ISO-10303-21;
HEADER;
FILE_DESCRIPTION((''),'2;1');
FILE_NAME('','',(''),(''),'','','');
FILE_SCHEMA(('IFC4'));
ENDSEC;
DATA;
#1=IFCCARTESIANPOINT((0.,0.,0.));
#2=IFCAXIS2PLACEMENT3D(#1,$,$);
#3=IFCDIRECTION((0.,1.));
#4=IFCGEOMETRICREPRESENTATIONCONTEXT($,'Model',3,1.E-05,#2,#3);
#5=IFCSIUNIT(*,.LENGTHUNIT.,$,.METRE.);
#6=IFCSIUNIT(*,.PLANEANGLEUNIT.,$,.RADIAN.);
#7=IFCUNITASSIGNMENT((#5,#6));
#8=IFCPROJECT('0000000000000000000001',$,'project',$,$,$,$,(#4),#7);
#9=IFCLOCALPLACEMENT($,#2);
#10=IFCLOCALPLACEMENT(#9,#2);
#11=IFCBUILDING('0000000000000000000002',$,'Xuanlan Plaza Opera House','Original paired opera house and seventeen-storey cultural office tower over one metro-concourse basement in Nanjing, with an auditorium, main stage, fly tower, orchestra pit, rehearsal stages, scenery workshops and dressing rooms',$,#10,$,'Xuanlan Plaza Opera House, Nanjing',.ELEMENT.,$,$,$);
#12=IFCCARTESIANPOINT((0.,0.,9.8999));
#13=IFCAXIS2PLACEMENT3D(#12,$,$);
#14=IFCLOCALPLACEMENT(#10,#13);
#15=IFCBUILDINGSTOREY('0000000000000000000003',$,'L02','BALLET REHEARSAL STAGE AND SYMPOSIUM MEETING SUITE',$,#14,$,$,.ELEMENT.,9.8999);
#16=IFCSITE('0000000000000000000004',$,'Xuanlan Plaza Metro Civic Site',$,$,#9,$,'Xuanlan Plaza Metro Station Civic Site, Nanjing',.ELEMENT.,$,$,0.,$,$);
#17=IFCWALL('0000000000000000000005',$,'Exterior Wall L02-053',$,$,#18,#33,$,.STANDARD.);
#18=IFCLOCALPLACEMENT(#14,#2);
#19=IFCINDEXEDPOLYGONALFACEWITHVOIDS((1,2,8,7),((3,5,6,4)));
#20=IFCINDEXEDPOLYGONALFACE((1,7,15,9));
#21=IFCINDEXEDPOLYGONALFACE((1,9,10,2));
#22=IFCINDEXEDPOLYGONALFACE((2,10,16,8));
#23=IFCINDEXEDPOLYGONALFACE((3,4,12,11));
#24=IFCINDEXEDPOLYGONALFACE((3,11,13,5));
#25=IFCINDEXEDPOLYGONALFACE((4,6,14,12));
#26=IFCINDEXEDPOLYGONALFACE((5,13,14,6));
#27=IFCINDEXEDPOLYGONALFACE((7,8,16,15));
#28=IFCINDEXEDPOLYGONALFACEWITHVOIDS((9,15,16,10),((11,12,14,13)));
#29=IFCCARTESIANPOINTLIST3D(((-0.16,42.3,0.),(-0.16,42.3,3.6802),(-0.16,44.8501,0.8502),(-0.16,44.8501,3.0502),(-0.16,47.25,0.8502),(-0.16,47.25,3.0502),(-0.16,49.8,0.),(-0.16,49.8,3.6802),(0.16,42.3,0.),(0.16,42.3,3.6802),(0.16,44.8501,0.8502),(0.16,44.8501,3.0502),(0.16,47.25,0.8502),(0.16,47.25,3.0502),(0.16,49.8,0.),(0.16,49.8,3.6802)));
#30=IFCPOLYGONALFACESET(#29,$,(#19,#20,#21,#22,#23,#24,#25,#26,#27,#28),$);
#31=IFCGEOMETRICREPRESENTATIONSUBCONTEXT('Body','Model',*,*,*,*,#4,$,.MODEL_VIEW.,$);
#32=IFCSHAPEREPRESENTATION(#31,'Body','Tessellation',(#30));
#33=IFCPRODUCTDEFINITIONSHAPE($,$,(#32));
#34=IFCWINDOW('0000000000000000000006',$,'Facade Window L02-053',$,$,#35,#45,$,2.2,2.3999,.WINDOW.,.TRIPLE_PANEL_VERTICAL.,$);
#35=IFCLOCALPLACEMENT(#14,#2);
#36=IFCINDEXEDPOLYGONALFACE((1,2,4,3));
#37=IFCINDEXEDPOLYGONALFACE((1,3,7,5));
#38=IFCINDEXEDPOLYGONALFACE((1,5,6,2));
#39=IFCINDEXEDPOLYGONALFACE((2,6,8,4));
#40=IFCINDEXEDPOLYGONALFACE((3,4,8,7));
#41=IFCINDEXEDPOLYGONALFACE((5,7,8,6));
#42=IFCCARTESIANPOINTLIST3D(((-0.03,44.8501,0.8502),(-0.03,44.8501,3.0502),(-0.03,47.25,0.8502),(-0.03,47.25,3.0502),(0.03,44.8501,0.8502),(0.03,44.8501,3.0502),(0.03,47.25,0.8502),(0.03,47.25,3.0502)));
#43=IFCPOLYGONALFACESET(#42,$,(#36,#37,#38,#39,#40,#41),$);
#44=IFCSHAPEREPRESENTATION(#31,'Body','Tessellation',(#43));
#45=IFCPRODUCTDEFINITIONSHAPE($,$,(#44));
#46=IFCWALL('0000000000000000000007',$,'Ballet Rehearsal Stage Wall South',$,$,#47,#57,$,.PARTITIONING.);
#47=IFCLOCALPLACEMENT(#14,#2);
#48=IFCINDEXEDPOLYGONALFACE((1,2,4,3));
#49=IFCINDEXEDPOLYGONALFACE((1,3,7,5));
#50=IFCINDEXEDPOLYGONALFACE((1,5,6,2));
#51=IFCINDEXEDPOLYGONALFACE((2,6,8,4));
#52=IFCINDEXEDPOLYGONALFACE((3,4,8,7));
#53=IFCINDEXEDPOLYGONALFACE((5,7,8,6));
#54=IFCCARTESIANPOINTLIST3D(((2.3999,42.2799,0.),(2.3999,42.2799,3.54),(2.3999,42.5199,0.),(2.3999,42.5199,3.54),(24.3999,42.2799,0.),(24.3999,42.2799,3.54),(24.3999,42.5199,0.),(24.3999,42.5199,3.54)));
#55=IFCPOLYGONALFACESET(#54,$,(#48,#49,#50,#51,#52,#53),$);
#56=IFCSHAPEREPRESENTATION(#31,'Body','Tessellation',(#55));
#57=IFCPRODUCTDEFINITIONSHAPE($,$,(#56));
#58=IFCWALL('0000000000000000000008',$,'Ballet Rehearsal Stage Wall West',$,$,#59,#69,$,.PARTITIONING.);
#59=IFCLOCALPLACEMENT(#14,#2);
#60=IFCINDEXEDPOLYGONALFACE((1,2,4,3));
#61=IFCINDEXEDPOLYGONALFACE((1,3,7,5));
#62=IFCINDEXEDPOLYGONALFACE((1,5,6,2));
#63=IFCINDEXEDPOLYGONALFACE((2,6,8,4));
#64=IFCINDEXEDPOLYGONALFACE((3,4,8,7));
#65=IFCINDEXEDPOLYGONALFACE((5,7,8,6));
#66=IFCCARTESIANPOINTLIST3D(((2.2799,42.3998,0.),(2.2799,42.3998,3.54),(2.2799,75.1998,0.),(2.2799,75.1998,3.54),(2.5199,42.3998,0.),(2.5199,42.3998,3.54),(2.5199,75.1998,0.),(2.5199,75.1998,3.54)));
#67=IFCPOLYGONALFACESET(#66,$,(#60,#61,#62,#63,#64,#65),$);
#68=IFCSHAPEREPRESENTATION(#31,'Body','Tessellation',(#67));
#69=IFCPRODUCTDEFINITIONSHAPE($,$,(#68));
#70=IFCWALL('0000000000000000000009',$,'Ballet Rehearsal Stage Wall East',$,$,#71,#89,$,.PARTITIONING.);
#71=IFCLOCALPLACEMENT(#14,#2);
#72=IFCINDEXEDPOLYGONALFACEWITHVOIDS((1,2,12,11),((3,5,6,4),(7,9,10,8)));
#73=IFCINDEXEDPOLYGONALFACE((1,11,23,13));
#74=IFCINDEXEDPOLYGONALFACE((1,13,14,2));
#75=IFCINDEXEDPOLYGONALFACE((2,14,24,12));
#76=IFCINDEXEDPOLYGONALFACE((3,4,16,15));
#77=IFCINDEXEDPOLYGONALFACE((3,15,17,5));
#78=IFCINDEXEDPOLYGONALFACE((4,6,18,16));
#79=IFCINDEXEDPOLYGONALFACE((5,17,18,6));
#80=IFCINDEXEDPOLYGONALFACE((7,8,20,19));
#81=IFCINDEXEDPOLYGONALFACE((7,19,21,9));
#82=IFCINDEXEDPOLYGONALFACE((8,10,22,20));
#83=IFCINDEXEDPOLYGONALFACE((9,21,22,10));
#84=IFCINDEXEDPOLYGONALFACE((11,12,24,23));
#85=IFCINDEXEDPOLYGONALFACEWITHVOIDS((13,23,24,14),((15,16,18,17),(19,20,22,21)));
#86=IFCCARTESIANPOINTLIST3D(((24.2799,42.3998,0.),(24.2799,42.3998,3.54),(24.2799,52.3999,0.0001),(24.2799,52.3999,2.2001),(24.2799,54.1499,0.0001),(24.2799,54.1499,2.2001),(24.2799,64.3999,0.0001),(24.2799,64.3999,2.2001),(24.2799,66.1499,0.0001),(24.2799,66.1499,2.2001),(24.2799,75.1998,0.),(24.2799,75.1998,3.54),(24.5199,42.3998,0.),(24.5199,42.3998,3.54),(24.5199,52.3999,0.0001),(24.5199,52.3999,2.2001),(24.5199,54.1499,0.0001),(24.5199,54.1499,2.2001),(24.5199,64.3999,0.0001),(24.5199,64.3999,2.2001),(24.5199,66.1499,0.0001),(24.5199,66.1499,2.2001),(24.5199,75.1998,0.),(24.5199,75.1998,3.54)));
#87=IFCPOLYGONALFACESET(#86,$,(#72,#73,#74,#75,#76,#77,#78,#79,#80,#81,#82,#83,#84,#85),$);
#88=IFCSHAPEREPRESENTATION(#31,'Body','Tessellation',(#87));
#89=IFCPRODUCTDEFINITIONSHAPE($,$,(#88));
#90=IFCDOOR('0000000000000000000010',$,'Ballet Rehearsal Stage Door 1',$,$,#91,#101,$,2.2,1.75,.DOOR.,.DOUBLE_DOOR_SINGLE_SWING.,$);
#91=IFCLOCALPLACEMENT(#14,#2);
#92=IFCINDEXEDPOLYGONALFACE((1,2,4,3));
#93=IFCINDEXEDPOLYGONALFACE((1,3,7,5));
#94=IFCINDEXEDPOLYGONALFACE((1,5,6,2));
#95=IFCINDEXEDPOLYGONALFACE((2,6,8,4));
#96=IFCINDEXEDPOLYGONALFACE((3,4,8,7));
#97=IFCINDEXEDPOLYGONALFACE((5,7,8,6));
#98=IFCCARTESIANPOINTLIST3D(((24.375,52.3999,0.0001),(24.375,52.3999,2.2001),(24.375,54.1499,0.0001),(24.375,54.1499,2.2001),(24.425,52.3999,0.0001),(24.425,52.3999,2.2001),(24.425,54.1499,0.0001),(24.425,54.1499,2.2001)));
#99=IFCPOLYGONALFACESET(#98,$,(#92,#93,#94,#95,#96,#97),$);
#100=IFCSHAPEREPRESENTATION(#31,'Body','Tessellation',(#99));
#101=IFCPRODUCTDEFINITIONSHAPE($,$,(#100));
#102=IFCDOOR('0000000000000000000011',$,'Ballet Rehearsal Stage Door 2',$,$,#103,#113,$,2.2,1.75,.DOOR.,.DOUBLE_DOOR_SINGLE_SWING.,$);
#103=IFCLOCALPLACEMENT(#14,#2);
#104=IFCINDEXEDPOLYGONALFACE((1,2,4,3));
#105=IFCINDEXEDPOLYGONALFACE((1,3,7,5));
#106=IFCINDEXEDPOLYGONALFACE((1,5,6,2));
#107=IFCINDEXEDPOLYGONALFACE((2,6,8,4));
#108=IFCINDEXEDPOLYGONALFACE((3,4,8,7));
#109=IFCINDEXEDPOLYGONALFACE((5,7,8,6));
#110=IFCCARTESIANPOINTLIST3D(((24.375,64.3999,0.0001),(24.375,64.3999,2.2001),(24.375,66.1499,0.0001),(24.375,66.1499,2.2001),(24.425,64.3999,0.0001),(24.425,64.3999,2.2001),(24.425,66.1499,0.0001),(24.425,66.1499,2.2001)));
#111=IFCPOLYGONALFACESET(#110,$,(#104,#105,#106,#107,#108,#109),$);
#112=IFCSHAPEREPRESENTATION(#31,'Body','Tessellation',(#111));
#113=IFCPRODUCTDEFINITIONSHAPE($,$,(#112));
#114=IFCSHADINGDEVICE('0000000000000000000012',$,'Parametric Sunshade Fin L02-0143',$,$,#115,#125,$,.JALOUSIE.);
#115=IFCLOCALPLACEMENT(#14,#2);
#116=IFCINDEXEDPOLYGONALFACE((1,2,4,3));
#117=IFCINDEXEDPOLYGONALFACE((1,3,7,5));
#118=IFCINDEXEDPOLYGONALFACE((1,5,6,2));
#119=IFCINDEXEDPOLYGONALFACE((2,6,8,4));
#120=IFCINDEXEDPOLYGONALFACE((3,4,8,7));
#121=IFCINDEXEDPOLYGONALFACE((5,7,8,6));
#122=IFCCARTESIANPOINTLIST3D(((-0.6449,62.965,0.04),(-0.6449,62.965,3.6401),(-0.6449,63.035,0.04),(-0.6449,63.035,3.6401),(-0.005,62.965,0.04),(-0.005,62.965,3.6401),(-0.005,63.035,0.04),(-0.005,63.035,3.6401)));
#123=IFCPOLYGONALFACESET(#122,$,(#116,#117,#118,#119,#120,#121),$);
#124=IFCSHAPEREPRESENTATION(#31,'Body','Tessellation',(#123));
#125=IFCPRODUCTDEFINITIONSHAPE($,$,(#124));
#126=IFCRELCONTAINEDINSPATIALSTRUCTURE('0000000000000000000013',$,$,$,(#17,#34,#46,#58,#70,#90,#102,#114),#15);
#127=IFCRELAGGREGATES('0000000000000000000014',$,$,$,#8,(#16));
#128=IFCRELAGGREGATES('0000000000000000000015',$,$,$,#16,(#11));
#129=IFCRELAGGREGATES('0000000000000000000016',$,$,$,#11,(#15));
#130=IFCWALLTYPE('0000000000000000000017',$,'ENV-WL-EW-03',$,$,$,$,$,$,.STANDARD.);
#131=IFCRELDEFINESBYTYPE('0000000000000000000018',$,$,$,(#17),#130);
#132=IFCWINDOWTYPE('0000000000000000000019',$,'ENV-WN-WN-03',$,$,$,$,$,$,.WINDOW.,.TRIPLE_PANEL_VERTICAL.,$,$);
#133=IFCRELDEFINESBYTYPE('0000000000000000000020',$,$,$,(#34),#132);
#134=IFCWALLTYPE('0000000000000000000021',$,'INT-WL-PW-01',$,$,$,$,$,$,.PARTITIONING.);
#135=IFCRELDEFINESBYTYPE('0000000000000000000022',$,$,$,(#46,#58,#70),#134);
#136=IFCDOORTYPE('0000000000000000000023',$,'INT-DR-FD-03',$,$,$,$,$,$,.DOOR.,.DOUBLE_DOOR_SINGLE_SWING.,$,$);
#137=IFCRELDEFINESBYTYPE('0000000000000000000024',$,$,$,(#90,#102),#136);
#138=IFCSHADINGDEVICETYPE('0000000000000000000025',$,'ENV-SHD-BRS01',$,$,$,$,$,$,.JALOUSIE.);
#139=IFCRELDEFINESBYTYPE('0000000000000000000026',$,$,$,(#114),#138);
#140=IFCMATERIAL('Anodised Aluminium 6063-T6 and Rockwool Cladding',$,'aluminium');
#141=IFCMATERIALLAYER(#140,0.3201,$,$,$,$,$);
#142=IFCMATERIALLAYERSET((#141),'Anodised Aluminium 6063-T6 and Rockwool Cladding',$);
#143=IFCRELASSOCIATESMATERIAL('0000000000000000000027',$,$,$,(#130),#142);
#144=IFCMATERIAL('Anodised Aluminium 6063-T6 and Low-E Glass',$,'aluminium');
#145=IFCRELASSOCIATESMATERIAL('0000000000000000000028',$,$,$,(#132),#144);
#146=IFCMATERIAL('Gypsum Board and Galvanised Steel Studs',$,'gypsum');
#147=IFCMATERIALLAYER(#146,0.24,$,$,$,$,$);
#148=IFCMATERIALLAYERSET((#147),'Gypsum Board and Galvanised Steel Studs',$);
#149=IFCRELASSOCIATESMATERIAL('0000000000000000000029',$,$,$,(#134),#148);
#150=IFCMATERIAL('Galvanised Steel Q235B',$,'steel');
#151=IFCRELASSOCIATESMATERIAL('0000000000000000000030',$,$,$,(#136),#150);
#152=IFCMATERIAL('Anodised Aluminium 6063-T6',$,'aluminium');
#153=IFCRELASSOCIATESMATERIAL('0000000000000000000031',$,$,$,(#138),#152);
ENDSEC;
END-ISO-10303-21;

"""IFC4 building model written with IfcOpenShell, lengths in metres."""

from ifc_helpers import new_model, si_unit, direction, frame, frame_2d, origin, origin_2d, place, context, subcontext, project, spatial, rectangle, extrude, material, layer, layer_set, type_object, element, fill, save


model = new_model("IFC4")

# Units and contexts
model_context = context("Model", 3, precision=1e-05, world=origin(), true_north=direction((0.0, 1.0)))
body_context = subcontext(model_context, "Body", "Model", "MODEL_VIEW")
ifc_project = project(units=[si_unit("LENGTHUNIT", "METRE"), si_unit("PLANEANGLEUNIT", "RADIAN")], contexts=[model_context])

# Site, building, storey
site_placement = place(None, origin())
site = spatial("IfcSite", under=ifc_project, at=site_placement, Name="Xuanlan Plaza Metro Civic Site", LongName="Xuanlan Plaza Metro Station Civic Site, Nanjing", CompositionType="ELEMENT", RefElevation=0.0)
building_placement = place(site_placement, origin())
building = spatial("IfcBuilding", under=site, at=building_placement, Name="Xuanlan Plaza Opera House", Description="Original paired opera house and seventeen-storey cultural office tower over one metro-concourse basement in Nanjing, with an auditorium, main stage, fly tower, orchestra pit, rehearsal stages, scenery workshops and dressing rooms", LongName="Xuanlan Plaza Opera House, Nanjing", CompositionType="ELEMENT")
storey_placement = place(building_placement, frame((0.0, 0.0, 9.8999)))
storey = spatial("IfcBuildingStorey", under=building, at=storey_placement, Name="L02", Description="BALLET REHEARSAL STAGE AND SYMPOSIUM MEETING SUITE", CompositionType="ELEMENT", Elevation=9.8999)

# Shared definitions
ifc_material_1 = material(Name="Anodised Aluminium 6063-T6 and Low-E Glass", Category="aluminium")
ifc_material_2 = material(Name="Anodised Aluminium 6063-T6", Category="aluminium")

# Wall, opening, window
ifc_material_3 = material(Name="Anodised Aluminium 6063-T6 and Rockwool Cladding", Category="aluminium")
ifc_layer_1 = layer(ifc_material_3, 0.3201)
ifc_layer_set_1 = layer_set([ifc_layer_1], Name="Anodised Aluminium 6063-T6 and Rockwool Cladding")
wall_type_1 = type_object("IfcWallType", Name="ENV-WL-EW-03", PredefinedType="STANDARD", material=ifc_layer_set_1)
wall_1_placement = place(storey_placement, frame((0.0, 49.8, 0.0), z_axis=(0.0, 0.0, 1.0), x_axis=(0.0, -1.0, 0.0)))
wall_1 = element("IfcWall", 1, at=wall_1_placement, inside=storey, type_object=wall_type_1, Name="Exterior Wall L02-053", PredefinedType="STANDARD", context=body_context, shape_type="SweptSolid", body=[
    extrude(rectangle(XDim=7.5, YDim=0.3201, at=frame_2d((3.75, 0.0))), origin(), (0.0, 0.0, 1.0), 3.6802),
])
opening_1_placement = place(wall_1_placement, frame((2.55, 0.0, 0.8501)))
opening_1 = element("IfcOpeningElement", 2, at=opening_1_placement, cuts=wall_1, PredefinedType="OPENING", context=body_context, shape_type="SweptSolid", body=[
    extrude(rectangle(XDim=2.3999, YDim=2.2, at=frame_2d((1.2, 1.1001))), frame((0.0, 0.1699, 0.0), z_axis=(0.0, -1.0, 0.0), x_axis=(1.0, 0.0, 0.0)), (0.0, 0.0, 1.0), 0.3401),
])
window_type_1 = type_object("IfcWindowType", Name="ENV-WN-WN-03", PartitioningType="TRIPLE_PANEL_VERTICAL", PredefinedType="WINDOW", material=ifc_material_1)
window_1_placement = place(opening_1_placement, origin())
window_1 = element("IfcWindow", 3, at=window_1_placement, inside=storey, type_object=window_type_1, Name="Facade Window L02-053", OverallHeight=2.2, OverallWidth=2.3999, PartitioningType="TRIPLE_PANEL_VERTICAL", PredefinedType="WINDOW", context=body_context, shape_type="SweptSolid", body=[
    extrude(rectangle(XDim=2.3999, YDim=2.2, at=frame_2d((1.2, 1.1001))), frame((0.0, 0.03, 0.0), z_axis=(0.0, -1.0, 0.0), x_axis=(1.0, 0.0, 0.0)), (0.0, 0.0, 1.0), 0.0601),
])
fill(opening_1, window_1)

# Walls
ifc_material_4 = material(Name="Gypsum Board and Galvanised Steel Studs", Category="gypsum")
ifc_layer_2 = layer(ifc_material_4, 0.24)
ifc_layer_set_2 = layer_set([ifc_layer_2], Name="Gypsum Board and Galvanised Steel Studs")
wall_type_2 = type_object("IfcWallType", Name="INT-WL-PW-01", PredefinedType="PARTITIONING", material=ifc_layer_set_2)
wall_2_placement = place(storey_placement, frame((2.3999, 42.3999, 0.0), z_axis=(0.0, 0.0, 1.0), x_axis=(1.0, 0.0, 0.0)))
element("IfcWall", 4, at=wall_2_placement, inside=storey, type_object=wall_type_2, Name="Ballet Rehearsal Stage Wall South", PredefinedType="PARTITIONING", context=body_context, shape_type="SweptSolid", body=[
    extrude(rectangle(XDim=22.0, YDim=0.24, at=frame_2d((11.0, 0.0))), origin(), (0.0, 0.0, 1.0), 3.54),
])
wall_3_placement = place(storey_placement, frame((2.3999, 42.3999, 0.0), z_axis=(0.0, 0.0, 1.0), x_axis=(0.0, 1.0, 0.0)))
element("IfcWall", 5, at=wall_3_placement, inside=storey, type_object=wall_type_2, Name="Ballet Rehearsal Stage Wall West", PredefinedType="PARTITIONING", context=body_context, shape_type="SweptSolid", body=[
    extrude(rectangle(XDim=32.8, YDim=0.24, at=frame_2d((16.3999, 0.0))), origin(), (0.0, 0.0, 1.0), 3.54),
])

# Wall, openings, doors
wall_4_placement = place(storey_placement, frame((24.3999, 42.3999, 0.0), z_axis=(0.0, 0.0, 1.0), x_axis=(0.0, 1.0, 0.0)))
wall_4 = element("IfcWall", 6, at=wall_4_placement, inside=storey, type_object=wall_type_2, Name="Ballet Rehearsal Stage Wall East", PredefinedType="PARTITIONING", context=body_context, shape_type="SweptSolid", body=[
    extrude(rectangle(XDim=32.8, YDim=0.24, at=frame_2d((16.3999, 0.0))), origin(), (0.0, 0.0, 1.0), 3.54),
])
opening_2_placement = place(wall_4_placement, frame((10.0, 0.0, 0.0)))
opening_2 = element("IfcOpeningElement", 7, at=opening_2_placement, cuts=wall_4, PredefinedType="OPENING", context=body_context, shape_type="SweptSolid", body=[
    extrude(rectangle(XDim=1.75, YDim=2.2, at=frame_2d((0.875, 1.1001))), frame((0.0, 0.1299, 0.0), z_axis=(0.0, -1.0, 0.0), x_axis=(1.0, 0.0, 0.0)), (0.0, 0.0, 1.0), 0.26),
])
opening_3_placement = place(wall_4_placement, frame((22.0, 0.0, 0.0)))
opening_3 = element("IfcOpeningElement", 8, at=opening_3_placement, cuts=wall_4, PredefinedType="OPENING", context=body_context, shape_type="SweptSolid", body=[
    extrude(rectangle(XDim=1.75, YDim=2.2, at=frame_2d((0.875, 1.1001))), frame((0.0, 0.1299, 0.0), z_axis=(0.0, -1.0, 0.0), x_axis=(1.0, 0.0, 0.0)), (0.0, 0.0, 1.0), 0.26),
])
ifc_material_5 = material(Name="Galvanised Steel Q235B", Category="steel")
door_type = type_object("IfcDoorType", Name="INT-DR-FD-03", OperationType="DOUBLE_DOOR_SINGLE_SWING", PredefinedType="DOOR", material=ifc_material_5)
door_1_placement = place(opening_2_placement, origin())
door_1 = element("IfcDoor", 9, at=door_1_placement, inside=storey, type_object=door_type, Name="Ballet Rehearsal Stage Door 1", OperationType="DOUBLE_DOOR_SINGLE_SWING", OverallHeight=2.2, OverallWidth=1.75, PredefinedType="DOOR", context=body_context, shape_type="SweptSolid", body=[
    extrude(rectangle(XDim=1.75, YDim=2.2, at=frame_2d((0.875, 1.1001))), frame((0.0, 0.0249, 0.0), z_axis=(0.0, -1.0, 0.0), x_axis=(1.0, 0.0, 0.0)), (0.0, 0.0, 1.0), 0.05),
])
fill(opening_2, door_1)
door_2_placement = place(opening_3_placement, origin())
door_2 = element("IfcDoor", 10, at=door_2_placement, inside=storey, type_object=door_type, Name="Ballet Rehearsal Stage Door 2", OperationType="DOUBLE_DOOR_SINGLE_SWING", OverallHeight=2.2, OverallWidth=1.75, PredefinedType="DOOR", context=body_context, shape_type="SweptSolid", body=[
    extrude(rectangle(XDim=1.75, YDim=2.2, at=frame_2d((0.875, 1.1001))), frame((0.0, 0.0249, 0.0), z_axis=(0.0, -1.0, 0.0), x_axis=(1.0, 0.0, 0.0)), (0.0, 0.0, 1.0), 0.05),
])
fill(opening_3, door_2)

# Shading device
shading_device_type = type_object("IfcShadingDeviceType", Name="ENV-SHD-BRS01", PredefinedType="JALOUSIE", material=ifc_material_2)
shading_device_placement = place(storey_placement, frame((-0.325, 63.0, 0.04), z_axis=(0.0, 0.0, 1.0), x_axis=(-1.0, 0.0, 0.0)))
element("IfcShadingDevice", 11, at=shading_device_placement, inside=storey, type_object=shading_device_type, Name="Parametric Sunshade Fin L02-0143", PredefinedType="JALOUSIE", context=body_context, shape_type="SweptSolid", body=[
    extrude(rectangle(XDim=0.6399, YDim=0.0701, at=origin_2d()), origin(), (0.0, 0.0, 1.0), 3.6001),
])

save(model, "model.ifc")
